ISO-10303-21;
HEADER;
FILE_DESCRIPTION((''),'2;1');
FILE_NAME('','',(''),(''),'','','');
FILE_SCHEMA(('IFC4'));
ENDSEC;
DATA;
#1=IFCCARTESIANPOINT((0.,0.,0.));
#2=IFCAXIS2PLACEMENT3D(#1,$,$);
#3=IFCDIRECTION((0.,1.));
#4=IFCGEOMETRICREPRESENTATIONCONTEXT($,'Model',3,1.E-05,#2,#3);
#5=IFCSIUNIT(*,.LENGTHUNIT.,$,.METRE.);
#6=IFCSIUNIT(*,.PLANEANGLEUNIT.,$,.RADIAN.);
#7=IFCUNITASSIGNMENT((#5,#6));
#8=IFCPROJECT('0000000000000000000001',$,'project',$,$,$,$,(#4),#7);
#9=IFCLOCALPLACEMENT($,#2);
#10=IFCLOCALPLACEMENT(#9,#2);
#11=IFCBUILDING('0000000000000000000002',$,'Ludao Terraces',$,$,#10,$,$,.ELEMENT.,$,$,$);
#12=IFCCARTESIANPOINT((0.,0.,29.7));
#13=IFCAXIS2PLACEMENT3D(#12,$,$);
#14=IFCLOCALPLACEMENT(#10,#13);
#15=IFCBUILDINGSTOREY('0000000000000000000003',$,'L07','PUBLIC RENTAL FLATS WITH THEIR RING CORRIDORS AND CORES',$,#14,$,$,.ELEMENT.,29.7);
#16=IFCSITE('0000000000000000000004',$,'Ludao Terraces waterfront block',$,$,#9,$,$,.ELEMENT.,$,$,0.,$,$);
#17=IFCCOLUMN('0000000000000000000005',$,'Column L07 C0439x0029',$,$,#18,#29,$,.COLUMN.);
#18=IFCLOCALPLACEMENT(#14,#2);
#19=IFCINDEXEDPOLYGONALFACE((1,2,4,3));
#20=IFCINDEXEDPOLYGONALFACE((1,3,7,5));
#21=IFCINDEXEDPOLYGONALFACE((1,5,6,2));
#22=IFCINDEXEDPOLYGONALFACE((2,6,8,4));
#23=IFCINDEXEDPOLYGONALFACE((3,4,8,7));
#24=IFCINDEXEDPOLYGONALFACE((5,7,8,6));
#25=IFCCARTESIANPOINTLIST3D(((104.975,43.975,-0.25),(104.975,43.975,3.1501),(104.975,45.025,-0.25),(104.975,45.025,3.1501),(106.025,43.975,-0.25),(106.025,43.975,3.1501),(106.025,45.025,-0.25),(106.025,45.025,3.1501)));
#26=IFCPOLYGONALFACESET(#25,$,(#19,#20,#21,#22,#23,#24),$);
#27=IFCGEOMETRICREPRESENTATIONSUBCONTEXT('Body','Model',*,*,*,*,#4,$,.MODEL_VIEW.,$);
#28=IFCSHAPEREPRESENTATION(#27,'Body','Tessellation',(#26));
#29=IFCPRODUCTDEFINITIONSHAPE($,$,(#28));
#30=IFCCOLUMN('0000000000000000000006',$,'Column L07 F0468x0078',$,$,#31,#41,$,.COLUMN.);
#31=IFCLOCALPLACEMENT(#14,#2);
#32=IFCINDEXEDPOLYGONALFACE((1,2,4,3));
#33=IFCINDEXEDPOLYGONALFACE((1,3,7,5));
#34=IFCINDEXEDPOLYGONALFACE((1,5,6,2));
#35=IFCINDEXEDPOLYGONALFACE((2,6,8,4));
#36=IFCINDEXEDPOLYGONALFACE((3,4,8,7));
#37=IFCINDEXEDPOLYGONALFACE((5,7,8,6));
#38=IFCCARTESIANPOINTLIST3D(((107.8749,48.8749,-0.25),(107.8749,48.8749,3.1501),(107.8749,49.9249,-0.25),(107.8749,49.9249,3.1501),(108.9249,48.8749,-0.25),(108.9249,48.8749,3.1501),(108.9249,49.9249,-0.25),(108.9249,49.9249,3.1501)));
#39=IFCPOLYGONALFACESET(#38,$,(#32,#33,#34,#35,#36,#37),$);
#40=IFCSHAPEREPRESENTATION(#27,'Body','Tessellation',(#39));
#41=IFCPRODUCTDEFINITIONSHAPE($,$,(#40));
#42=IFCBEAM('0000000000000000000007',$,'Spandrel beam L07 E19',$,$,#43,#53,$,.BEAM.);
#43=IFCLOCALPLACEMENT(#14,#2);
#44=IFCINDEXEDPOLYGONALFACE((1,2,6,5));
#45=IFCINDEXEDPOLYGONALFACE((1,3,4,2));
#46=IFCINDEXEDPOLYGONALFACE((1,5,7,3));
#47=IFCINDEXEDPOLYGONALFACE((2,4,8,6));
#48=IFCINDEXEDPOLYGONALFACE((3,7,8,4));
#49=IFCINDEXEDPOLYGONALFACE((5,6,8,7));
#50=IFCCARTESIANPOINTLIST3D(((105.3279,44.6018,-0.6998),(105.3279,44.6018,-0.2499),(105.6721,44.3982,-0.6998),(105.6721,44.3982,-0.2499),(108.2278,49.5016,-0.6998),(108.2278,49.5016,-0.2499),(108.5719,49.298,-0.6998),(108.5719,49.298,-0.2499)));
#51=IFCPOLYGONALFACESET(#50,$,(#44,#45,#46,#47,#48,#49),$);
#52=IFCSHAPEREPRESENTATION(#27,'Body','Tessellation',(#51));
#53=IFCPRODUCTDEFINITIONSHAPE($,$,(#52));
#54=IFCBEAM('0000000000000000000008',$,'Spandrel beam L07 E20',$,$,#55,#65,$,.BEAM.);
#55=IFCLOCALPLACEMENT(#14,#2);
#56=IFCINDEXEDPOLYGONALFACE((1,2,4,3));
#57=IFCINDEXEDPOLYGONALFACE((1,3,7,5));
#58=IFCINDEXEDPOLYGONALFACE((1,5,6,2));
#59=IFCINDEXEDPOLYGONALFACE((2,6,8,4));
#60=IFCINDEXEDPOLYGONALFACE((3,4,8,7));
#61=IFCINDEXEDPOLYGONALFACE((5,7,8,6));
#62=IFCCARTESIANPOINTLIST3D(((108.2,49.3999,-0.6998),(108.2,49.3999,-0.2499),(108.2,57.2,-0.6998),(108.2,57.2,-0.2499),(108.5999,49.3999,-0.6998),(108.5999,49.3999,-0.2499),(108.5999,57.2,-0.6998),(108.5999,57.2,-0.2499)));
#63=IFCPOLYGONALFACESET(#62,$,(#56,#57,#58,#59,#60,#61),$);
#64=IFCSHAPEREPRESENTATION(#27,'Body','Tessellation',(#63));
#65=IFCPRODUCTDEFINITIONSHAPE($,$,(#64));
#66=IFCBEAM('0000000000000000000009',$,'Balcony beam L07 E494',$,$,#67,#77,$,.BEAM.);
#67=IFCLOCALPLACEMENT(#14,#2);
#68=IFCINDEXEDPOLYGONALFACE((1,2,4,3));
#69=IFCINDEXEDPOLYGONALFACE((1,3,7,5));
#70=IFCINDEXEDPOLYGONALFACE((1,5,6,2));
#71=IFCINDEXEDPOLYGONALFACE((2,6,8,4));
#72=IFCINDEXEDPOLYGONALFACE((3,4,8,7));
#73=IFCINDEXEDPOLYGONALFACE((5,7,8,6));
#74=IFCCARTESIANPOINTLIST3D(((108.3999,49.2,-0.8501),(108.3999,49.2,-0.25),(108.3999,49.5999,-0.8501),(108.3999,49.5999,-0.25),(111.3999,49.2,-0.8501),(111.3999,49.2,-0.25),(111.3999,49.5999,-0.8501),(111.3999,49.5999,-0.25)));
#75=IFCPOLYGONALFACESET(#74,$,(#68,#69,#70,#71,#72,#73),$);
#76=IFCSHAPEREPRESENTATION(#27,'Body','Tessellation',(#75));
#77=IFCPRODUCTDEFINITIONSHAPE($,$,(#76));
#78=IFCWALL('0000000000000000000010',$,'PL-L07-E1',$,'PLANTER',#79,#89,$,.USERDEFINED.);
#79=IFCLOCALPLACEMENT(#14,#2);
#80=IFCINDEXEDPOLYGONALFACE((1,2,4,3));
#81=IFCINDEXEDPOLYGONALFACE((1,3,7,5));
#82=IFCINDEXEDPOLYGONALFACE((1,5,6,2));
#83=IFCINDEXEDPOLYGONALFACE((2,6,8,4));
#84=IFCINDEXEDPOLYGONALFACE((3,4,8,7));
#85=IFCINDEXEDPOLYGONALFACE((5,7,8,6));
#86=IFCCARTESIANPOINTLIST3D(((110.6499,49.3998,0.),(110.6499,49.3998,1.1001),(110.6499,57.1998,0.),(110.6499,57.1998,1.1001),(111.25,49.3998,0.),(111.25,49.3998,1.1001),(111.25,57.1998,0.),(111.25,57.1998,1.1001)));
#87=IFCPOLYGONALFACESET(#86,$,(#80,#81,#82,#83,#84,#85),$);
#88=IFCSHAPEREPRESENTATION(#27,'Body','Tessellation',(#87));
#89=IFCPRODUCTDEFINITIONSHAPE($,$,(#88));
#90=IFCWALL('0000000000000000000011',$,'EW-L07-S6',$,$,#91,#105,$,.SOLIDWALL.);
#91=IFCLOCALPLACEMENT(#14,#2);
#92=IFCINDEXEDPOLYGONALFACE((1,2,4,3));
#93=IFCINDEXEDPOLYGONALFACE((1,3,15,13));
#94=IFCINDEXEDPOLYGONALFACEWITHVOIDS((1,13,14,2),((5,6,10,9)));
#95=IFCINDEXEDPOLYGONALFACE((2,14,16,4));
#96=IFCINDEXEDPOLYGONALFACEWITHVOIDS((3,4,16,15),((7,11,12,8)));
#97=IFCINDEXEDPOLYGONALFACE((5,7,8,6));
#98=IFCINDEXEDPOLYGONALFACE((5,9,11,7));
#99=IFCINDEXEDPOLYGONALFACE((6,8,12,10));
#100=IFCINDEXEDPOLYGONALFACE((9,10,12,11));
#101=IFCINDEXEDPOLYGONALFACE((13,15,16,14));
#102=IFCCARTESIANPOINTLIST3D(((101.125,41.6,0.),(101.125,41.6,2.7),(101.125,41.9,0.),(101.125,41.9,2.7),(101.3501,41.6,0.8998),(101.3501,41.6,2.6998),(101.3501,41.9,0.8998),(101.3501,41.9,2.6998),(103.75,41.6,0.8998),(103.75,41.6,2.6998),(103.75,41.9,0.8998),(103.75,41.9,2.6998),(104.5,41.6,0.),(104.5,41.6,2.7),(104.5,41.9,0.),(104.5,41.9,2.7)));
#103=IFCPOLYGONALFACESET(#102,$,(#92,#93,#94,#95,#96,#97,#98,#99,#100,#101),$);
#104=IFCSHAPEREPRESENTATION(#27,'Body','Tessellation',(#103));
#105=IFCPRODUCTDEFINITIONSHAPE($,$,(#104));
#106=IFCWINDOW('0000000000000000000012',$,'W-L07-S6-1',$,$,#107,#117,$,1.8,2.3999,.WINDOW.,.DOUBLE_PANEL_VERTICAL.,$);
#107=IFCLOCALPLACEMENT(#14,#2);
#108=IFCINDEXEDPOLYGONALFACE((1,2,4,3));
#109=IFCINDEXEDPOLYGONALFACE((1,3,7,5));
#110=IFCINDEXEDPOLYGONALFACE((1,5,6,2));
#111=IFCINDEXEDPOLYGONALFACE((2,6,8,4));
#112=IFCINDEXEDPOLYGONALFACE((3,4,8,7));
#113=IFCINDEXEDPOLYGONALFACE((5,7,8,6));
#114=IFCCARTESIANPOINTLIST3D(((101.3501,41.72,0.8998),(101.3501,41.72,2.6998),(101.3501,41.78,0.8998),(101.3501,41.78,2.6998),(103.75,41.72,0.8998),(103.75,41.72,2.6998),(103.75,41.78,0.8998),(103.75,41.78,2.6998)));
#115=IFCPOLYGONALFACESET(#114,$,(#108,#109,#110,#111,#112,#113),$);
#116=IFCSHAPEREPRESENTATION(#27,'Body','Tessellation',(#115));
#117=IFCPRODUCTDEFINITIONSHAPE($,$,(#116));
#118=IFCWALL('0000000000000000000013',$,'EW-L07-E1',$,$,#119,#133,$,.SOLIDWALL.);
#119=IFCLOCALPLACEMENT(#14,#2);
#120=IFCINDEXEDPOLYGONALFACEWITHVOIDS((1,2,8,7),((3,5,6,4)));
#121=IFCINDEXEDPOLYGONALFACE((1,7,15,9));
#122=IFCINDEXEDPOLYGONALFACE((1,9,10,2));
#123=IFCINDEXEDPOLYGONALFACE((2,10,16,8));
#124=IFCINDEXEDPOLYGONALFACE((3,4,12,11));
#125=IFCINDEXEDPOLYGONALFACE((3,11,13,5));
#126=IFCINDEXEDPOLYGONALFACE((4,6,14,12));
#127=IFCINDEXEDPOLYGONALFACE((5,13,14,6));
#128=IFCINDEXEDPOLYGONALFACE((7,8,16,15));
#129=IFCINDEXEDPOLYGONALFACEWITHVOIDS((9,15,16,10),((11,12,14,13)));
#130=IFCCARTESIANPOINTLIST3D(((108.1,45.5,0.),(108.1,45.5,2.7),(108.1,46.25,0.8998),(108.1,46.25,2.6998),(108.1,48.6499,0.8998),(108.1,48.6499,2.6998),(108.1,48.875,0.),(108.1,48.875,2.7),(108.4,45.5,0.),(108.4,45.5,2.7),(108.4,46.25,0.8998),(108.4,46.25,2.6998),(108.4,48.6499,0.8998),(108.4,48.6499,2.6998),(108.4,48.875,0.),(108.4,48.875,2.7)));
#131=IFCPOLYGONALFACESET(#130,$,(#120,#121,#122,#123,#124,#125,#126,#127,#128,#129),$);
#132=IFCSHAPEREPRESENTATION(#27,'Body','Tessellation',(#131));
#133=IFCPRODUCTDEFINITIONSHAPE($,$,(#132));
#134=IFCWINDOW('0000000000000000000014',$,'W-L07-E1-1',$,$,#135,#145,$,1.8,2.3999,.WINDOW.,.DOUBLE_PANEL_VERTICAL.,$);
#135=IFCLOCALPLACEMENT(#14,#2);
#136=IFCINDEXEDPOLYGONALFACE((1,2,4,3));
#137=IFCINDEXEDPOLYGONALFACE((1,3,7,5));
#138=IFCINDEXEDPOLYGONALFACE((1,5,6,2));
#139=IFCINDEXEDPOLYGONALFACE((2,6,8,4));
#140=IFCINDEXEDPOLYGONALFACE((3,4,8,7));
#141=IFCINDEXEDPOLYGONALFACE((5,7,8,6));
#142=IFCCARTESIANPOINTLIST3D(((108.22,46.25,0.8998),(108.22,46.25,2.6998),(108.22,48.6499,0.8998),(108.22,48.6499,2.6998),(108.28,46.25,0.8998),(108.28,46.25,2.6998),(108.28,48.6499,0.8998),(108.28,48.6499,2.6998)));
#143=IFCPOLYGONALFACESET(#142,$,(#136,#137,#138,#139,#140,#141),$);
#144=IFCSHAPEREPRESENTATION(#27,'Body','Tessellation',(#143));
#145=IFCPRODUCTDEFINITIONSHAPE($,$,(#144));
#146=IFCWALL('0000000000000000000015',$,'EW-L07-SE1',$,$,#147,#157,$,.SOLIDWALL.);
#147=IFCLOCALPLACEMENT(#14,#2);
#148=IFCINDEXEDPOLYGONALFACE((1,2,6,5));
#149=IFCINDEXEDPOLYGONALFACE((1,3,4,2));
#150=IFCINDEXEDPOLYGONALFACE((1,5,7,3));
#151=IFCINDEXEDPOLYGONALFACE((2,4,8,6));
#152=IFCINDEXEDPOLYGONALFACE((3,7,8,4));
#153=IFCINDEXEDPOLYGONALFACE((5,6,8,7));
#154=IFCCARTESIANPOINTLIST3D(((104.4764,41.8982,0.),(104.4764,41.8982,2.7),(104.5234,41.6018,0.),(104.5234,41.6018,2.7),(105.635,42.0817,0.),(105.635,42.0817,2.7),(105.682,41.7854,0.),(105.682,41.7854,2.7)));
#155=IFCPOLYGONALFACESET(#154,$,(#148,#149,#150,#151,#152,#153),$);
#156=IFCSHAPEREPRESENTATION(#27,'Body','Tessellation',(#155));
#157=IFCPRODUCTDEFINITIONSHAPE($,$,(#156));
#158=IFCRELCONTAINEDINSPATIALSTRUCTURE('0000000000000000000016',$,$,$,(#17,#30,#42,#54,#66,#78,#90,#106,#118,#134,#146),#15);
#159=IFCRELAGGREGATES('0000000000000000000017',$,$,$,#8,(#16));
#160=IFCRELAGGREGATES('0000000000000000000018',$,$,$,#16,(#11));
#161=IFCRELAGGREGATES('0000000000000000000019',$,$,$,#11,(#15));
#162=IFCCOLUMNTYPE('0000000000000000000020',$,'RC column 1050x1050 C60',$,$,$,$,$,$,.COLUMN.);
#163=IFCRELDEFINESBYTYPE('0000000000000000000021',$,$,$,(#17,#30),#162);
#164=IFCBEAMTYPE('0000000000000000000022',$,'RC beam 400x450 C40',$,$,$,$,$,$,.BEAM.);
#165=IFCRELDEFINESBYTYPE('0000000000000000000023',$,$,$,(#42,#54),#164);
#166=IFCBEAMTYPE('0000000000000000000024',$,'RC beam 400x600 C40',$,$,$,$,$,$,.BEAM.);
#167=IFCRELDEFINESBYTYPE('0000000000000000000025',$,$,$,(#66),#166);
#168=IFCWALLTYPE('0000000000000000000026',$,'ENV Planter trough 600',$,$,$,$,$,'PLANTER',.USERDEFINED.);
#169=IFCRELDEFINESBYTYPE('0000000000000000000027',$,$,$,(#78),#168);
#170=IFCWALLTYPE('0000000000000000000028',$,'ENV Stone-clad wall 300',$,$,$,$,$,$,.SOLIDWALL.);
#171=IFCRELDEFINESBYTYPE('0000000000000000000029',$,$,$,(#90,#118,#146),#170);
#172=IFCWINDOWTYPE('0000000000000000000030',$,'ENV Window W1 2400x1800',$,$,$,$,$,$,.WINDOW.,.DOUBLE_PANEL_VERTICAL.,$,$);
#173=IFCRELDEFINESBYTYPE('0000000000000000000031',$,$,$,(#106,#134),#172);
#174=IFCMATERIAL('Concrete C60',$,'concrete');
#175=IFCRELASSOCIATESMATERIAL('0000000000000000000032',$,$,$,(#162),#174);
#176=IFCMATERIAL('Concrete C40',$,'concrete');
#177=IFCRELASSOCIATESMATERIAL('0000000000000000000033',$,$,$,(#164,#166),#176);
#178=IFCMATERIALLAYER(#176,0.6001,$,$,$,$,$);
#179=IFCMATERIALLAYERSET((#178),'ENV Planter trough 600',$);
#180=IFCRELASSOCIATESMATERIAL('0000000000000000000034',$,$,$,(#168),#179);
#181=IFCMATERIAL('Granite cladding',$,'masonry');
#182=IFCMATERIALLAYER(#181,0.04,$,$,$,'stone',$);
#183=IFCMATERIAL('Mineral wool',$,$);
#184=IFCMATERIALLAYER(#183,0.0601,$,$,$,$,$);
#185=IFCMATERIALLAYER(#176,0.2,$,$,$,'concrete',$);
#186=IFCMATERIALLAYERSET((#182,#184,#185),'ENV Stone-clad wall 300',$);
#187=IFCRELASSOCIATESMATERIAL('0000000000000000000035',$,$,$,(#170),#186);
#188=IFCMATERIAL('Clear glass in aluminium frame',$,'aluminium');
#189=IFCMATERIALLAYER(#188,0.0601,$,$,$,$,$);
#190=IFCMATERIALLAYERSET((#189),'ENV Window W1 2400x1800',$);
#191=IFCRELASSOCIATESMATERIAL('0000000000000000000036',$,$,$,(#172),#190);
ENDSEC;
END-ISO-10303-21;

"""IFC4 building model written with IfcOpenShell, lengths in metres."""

from ifc_helpers import new_model, si_unit, direction, frame, frame_2d, origin, origin_2d, place, context, subcontext, project, spatial, rectangle, extrude, material, layer, layer_set, material_profile, profile_set, type_object, element, fill, save


model = new_model("IFC4")

# Units and contexts
model_context = context("Model", 3, precision=1e-05, world=origin(), true_north=direction((0.0, 1.0)))
body_context = subcontext(model_context, "Body", "Model", "MODEL_VIEW")
ifc_project = project(units=[si_unit("LENGTHUNIT", "METRE"), si_unit("PLANEANGLEUNIT", "RADIAN")], contexts=[model_context])

# Site, building, storey
site_placement = place(None, origin())
site = spatial("IfcSite", under=ifc_project, at=site_placement, Name="Ludao Terraces waterfront block", CompositionType="ELEMENT", RefElevation=0.0)
building_placement = place(site_placement, origin())
building = spatial("IfcBuilding", under=site, at=building_placement, Name="Ludao Terraces", CompositionType="ELEMENT")
storey_placement = place(building_placement, frame((0.0, 0.0, 29.7)))
storey = spatial("IfcBuildingStorey", under=building, at=storey_placement, Name="L07", Description="PUBLIC RENTAL FLATS WITH THEIR RING CORRIDORS AND CORES", CompositionType="ELEMENT", Elevation=29.7)

# Columns
ifc_material_1 = material(Name="Concrete C60", Category="concrete")
ifc_material_profile_1 = material_profile(ifc_material_1, rectangle(XDim=1.05, YDim=1.05, at=origin_2d()), Name="1050 X 1050")
ifc_profile_set_1 = profile_set([ifc_material_profile_1], Name="Concrete C60")
column_type = type_object("IfcColumnType", Name="RC column 1050x1050 C60", PredefinedType="COLUMN", material=ifc_profile_set_1)
for number, where, z_axis, x_axis, name in (
    (1, (105.5, 44.5, -0.25), (0.0, 0.0, 1.0), (1.0, 0.0, 0.0), "Column L07 C0439x0029"),
    (2, (108.3999, 49.3999, -0.25), (0.0, 0.0, 1.0), (1.0, 0.0, 0.0), "Column L07 F0468x0078"),
):
    element("IfcColumn", number, at=place(storey_placement, frame(where, z_axis=z_axis, x_axis=x_axis)), inside=storey, type_object=column_type, Name=name, PredefinedType="COLUMN", context=body_context, shape_type="SweptSolid", body=[
        extrude(rectangle(XDim=1.05, YDim=1.05, at=origin_2d()), origin(), (0.0, 0.0, 1.0), 3.4001),
    ])

# Beams
ifc_material_2 = material(Name="Concrete C40", Category="concrete")
ifc_material_profile_2 = material_profile(ifc_material_2, rectangle(XDim=0.3999, YDim=0.45, at=origin_2d()), Name="400 X 450")
ifc_profile_set_2 = profile_set([ifc_material_profile_2], Name="Concrete C40")
beam_type_1 = type_object("IfcBeamType", Name="RC beam 400x450 C40", PredefinedType="BEAM", material=ifc_profile_set_2)
beam_1_placement = place(storey_placement, frame((105.5, 44.5, -0.4749), z_axis=(0.509316, 0.86058, 0.0), x_axis=(-0.86058, 0.509316, 0.0)))
element("IfcBeam", 3, at=beam_1_placement, inside=storey, type_object=beam_type_1, Name="Spandrel beam L07 E19", PredefinedType="BEAM", context=body_context, shape_type="SweptSolid", body=[
    extrude(rectangle(XDim=0.3999, YDim=0.45, at=origin_2d()), origin(), (0.0, 0.0, 1.0), 5.6936),
])
beam_2_placement = place(storey_placement, frame((108.3999, 49.3999, -0.4749), z_axis=(0.0, 1.0, 0.0), x_axis=(-1.0, 0.0, 0.0)))
element("IfcBeam", 4, at=beam_2_placement, inside=storey, type_object=beam_type_1, Name="Spandrel beam L07 E20", PredefinedType="BEAM", context=body_context, shape_type="SweptSolid", body=[
    extrude(rectangle(XDim=0.3999, YDim=0.45, at=origin_2d()), origin(), (0.0, 0.0, 1.0), 7.8),
])
ifc_material_profile_3 = material_profile(ifc_material_2, rectangle(XDim=0.3999, YDim=0.6001, at=origin_2d()), Name="400 X 600")
ifc_profile_set_3 = profile_set([ifc_material_profile_3], Name="Concrete C40")
beam_type_2 = type_object("IfcBeamType", Name="RC beam 400x600 C40", PredefinedType="BEAM", material=ifc_profile_set_3)
beam_3_placement = place(storey_placement, frame((108.3999, 49.3999, -0.55), z_axis=(1.0, 0.0, 0.0), x_axis=(0.0, 1.0, 0.0)))
element("IfcBeam", 5, at=beam_3_placement, inside=storey, type_object=beam_type_2, Name="Balcony beam L07 E494", PredefinedType="BEAM", context=body_context, shape_type="SweptSolid", body=[
    extrude(rectangle(XDim=0.3999, YDim=0.6001, at=origin_2d()), origin(), (0.0, 0.0, 1.0), 3.0),
])

# Wall
ifc_layer_1 = layer(ifc_material_2, 0.6001)
ifc_layer_set_1 = layer_set([ifc_layer_1], Name="ENV Planter trough 600")
wall_type_1 = type_object("IfcWallType", Name="ENV Planter trough 600", ElementType="PLANTER", PredefinedType="USERDEFINED", material=ifc_layer_set_1)
wall_1_placement = place(storey_placement, frame((110.95, 49.3999, 0.0), z_axis=(0.0, 0.0, 1.0), x_axis=(0.0, 1.0, 0.0)))
element("IfcWall", 6, at=wall_1_placement, inside=storey, type_object=wall_type_1, Name="PL-L07-E1", ObjectType="PLANTER", PredefinedType="USERDEFINED", context=body_context, shape_type="SweptSolid", body=[
    extrude(rectangle(XDim=7.8, YDim=0.6001, at=frame_2d((3.8999, 0.0))), origin(), (0.0, 0.0, 1.0), 1.1001),
])

# Walls, openings, windows
ifc_material_3 = material(Name="Granite cladding", Category="masonry")
ifc_layer_2 = layer(ifc_material_3, 0.04, Category="stone")
ifc_material_4 = material(Name="Mineral wool")
ifc_layer_3 = layer(ifc_material_4, 0.0601)
ifc_layer_4 = layer(ifc_material_2, 0.2, Category="concrete")
ifc_layer_set_2 = layer_set([ifc_layer_2, ifc_layer_3, ifc_layer_4], Name="ENV Stone-clad wall 300")
wall_type_2 = type_object("IfcWallType", Name="ENV Stone-clad wall 300", PredefinedType="SOLIDWALL", material=ifc_layer_set_2)
wall_2_placement = place(storey_placement, frame((101.125, 41.75, 0.0), z_axis=(0.0, 0.0, 1.0), x_axis=(1.0, 0.0, 0.0)))
wall_2 = element("IfcWall", 7, at=wall_2_placement, inside=storey, type_object=wall_type_2, Name="EW-L07-S6", PredefinedType="SOLIDWALL", context=body_context, shape_type="SweptSolid", body=[
    extrude(rectangle(XDim=3.375, YDim=0.3, at=frame_2d((1.6875, 0.0))), origin(), (0.0, 0.0, 1.0), 2.7),
])
opening_1_placement = place(wall_2_placement, frame((0.2251, 0.0, 0.8999)))
opening_1 = element("IfcOpeningElement", 8, at=opening_1_placement, cuts=wall_2, PredefinedType="OPENING", context=body_context, shape_type="SweptSolid", body=[
    extrude(rectangle(XDim=2.3999, YDim=1.8, at=frame_2d((1.2, 0.8999))), frame((0.0, 0.1602, 0.0), z_axis=(0.0, -1.0, 0.0), x_axis=(1.0, 0.0, 0.0)), (0.0, 0.0, 1.0), 0.3201),
])
ifc_material_5 = material(Name="Clear glass in aluminium frame", Category="aluminium")
ifc_layer_5 = layer(ifc_material_5, 0.0601)
ifc_layer_set_3 = layer_set([ifc_layer_5], Name="ENV Window W1 2400x1800")
window_type_1 = type_object("IfcWindowType", Name="ENV Window W1 2400x1800", PartitioningType="DOUBLE_PANEL_VERTICAL", PredefinedType="WINDOW", material=ifc_layer_set_3)
window_1_placement = place(opening_1_placement, origin())
window_1 = element("IfcWindow", 9, at=window_1_placement, inside=storey, type_object=window_type_1, Name="W-L07-S6-1", OverallHeight=1.8, OverallWidth=2.3999, PartitioningType="DOUBLE_PANEL_VERTICAL", PredefinedType="WINDOW", context=body_context, shape_type="SweptSolid", body=[
    extrude(rectangle(XDim=2.3999, YDim=1.8, at=frame_2d((1.2, 0.8999))), frame((0.0, 0.03, 0.0), z_axis=(0.0, -1.0, 0.0), x_axis=(1.0, 0.0, 0.0)), (0.0, 0.0, 1.0), 0.0601),
])
fill(opening_1, window_1)
wall_3_placement = place(storey_placement, frame((108.25, 45.5, 0.0), z_axis=(0.0, 0.0, 1.0), x_axis=(0.0, 1.0, 0.0)))
wall_3 = element("IfcWall", 10, at=wall_3_placement, inside=storey, type_object=wall_type_2, Name="EW-L07-E1", PredefinedType="SOLIDWALL", context=body_context, shape_type="SweptSolid", body=[
    extrude(rectangle(XDim=3.375, YDim=0.3, at=frame_2d((1.6875, 0.0))), origin(), (0.0, 0.0, 1.0), 2.7),
])
opening_2_placement = place(wall_3_placement, frame((0.75, 0.0, 0.8999)))
opening_2 = element("IfcOpeningElement", 11, at=opening_2_placement, cuts=wall_3, PredefinedType="OPENING", context=body_context, shape_type="SweptSolid", body=[
    extrude(rectangle(XDim=2.3999, YDim=1.8, at=frame_2d((1.2, 0.8999))), frame((0.0, 0.1602, 0.0), z_axis=(0.0, -1.0, 0.0), x_axis=(1.0, 0.0, 0.0)), (0.0, 0.0, 1.0), 0.3201),
])
window_2_placement = place(opening_2_placement, origin())
window_2 = element("IfcWindow", 12, at=window_2_placement, inside=storey, type_object=window_type_1, Name="W-L07-E1-1", OverallHeight=1.8, OverallWidth=2.3999, PartitioningType="DOUBLE_PANEL_VERTICAL", PredefinedType="WINDOW", context=body_context, shape_type="SweptSolid", body=[
    extrude(rectangle(XDim=2.3999, YDim=1.8, at=frame_2d((1.2, 0.8999))), frame((0.0, 0.03, 0.0), z_axis=(0.0, -1.0, 0.0), x_axis=(1.0, 0.0, 0.0)), (0.0, 0.0, 1.0), 0.0601),
])
fill(opening_2, window_2)

# Wall
wall_4_placement = place(storey_placement, frame((104.5, 41.75, 0.0), z_axis=(0.0, 0.0, 1.0), x_axis=(0.987678, 0.156497, 0.0)))
element("IfcWall", 13, at=wall_4_placement, inside=storey, type_object=wall_type_2, Name="EW-L07-SE1", PredefinedType="SOLIDWALL", context=body_context, shape_type="SweptSolid", body=[
    extrude(rectangle(XDim=1.1731, YDim=0.3, at=frame_2d((0.5864, 0.0))), origin(), (0.0, 0.0, 1.0), 2.7),
])

save(model, "model.ifc")
